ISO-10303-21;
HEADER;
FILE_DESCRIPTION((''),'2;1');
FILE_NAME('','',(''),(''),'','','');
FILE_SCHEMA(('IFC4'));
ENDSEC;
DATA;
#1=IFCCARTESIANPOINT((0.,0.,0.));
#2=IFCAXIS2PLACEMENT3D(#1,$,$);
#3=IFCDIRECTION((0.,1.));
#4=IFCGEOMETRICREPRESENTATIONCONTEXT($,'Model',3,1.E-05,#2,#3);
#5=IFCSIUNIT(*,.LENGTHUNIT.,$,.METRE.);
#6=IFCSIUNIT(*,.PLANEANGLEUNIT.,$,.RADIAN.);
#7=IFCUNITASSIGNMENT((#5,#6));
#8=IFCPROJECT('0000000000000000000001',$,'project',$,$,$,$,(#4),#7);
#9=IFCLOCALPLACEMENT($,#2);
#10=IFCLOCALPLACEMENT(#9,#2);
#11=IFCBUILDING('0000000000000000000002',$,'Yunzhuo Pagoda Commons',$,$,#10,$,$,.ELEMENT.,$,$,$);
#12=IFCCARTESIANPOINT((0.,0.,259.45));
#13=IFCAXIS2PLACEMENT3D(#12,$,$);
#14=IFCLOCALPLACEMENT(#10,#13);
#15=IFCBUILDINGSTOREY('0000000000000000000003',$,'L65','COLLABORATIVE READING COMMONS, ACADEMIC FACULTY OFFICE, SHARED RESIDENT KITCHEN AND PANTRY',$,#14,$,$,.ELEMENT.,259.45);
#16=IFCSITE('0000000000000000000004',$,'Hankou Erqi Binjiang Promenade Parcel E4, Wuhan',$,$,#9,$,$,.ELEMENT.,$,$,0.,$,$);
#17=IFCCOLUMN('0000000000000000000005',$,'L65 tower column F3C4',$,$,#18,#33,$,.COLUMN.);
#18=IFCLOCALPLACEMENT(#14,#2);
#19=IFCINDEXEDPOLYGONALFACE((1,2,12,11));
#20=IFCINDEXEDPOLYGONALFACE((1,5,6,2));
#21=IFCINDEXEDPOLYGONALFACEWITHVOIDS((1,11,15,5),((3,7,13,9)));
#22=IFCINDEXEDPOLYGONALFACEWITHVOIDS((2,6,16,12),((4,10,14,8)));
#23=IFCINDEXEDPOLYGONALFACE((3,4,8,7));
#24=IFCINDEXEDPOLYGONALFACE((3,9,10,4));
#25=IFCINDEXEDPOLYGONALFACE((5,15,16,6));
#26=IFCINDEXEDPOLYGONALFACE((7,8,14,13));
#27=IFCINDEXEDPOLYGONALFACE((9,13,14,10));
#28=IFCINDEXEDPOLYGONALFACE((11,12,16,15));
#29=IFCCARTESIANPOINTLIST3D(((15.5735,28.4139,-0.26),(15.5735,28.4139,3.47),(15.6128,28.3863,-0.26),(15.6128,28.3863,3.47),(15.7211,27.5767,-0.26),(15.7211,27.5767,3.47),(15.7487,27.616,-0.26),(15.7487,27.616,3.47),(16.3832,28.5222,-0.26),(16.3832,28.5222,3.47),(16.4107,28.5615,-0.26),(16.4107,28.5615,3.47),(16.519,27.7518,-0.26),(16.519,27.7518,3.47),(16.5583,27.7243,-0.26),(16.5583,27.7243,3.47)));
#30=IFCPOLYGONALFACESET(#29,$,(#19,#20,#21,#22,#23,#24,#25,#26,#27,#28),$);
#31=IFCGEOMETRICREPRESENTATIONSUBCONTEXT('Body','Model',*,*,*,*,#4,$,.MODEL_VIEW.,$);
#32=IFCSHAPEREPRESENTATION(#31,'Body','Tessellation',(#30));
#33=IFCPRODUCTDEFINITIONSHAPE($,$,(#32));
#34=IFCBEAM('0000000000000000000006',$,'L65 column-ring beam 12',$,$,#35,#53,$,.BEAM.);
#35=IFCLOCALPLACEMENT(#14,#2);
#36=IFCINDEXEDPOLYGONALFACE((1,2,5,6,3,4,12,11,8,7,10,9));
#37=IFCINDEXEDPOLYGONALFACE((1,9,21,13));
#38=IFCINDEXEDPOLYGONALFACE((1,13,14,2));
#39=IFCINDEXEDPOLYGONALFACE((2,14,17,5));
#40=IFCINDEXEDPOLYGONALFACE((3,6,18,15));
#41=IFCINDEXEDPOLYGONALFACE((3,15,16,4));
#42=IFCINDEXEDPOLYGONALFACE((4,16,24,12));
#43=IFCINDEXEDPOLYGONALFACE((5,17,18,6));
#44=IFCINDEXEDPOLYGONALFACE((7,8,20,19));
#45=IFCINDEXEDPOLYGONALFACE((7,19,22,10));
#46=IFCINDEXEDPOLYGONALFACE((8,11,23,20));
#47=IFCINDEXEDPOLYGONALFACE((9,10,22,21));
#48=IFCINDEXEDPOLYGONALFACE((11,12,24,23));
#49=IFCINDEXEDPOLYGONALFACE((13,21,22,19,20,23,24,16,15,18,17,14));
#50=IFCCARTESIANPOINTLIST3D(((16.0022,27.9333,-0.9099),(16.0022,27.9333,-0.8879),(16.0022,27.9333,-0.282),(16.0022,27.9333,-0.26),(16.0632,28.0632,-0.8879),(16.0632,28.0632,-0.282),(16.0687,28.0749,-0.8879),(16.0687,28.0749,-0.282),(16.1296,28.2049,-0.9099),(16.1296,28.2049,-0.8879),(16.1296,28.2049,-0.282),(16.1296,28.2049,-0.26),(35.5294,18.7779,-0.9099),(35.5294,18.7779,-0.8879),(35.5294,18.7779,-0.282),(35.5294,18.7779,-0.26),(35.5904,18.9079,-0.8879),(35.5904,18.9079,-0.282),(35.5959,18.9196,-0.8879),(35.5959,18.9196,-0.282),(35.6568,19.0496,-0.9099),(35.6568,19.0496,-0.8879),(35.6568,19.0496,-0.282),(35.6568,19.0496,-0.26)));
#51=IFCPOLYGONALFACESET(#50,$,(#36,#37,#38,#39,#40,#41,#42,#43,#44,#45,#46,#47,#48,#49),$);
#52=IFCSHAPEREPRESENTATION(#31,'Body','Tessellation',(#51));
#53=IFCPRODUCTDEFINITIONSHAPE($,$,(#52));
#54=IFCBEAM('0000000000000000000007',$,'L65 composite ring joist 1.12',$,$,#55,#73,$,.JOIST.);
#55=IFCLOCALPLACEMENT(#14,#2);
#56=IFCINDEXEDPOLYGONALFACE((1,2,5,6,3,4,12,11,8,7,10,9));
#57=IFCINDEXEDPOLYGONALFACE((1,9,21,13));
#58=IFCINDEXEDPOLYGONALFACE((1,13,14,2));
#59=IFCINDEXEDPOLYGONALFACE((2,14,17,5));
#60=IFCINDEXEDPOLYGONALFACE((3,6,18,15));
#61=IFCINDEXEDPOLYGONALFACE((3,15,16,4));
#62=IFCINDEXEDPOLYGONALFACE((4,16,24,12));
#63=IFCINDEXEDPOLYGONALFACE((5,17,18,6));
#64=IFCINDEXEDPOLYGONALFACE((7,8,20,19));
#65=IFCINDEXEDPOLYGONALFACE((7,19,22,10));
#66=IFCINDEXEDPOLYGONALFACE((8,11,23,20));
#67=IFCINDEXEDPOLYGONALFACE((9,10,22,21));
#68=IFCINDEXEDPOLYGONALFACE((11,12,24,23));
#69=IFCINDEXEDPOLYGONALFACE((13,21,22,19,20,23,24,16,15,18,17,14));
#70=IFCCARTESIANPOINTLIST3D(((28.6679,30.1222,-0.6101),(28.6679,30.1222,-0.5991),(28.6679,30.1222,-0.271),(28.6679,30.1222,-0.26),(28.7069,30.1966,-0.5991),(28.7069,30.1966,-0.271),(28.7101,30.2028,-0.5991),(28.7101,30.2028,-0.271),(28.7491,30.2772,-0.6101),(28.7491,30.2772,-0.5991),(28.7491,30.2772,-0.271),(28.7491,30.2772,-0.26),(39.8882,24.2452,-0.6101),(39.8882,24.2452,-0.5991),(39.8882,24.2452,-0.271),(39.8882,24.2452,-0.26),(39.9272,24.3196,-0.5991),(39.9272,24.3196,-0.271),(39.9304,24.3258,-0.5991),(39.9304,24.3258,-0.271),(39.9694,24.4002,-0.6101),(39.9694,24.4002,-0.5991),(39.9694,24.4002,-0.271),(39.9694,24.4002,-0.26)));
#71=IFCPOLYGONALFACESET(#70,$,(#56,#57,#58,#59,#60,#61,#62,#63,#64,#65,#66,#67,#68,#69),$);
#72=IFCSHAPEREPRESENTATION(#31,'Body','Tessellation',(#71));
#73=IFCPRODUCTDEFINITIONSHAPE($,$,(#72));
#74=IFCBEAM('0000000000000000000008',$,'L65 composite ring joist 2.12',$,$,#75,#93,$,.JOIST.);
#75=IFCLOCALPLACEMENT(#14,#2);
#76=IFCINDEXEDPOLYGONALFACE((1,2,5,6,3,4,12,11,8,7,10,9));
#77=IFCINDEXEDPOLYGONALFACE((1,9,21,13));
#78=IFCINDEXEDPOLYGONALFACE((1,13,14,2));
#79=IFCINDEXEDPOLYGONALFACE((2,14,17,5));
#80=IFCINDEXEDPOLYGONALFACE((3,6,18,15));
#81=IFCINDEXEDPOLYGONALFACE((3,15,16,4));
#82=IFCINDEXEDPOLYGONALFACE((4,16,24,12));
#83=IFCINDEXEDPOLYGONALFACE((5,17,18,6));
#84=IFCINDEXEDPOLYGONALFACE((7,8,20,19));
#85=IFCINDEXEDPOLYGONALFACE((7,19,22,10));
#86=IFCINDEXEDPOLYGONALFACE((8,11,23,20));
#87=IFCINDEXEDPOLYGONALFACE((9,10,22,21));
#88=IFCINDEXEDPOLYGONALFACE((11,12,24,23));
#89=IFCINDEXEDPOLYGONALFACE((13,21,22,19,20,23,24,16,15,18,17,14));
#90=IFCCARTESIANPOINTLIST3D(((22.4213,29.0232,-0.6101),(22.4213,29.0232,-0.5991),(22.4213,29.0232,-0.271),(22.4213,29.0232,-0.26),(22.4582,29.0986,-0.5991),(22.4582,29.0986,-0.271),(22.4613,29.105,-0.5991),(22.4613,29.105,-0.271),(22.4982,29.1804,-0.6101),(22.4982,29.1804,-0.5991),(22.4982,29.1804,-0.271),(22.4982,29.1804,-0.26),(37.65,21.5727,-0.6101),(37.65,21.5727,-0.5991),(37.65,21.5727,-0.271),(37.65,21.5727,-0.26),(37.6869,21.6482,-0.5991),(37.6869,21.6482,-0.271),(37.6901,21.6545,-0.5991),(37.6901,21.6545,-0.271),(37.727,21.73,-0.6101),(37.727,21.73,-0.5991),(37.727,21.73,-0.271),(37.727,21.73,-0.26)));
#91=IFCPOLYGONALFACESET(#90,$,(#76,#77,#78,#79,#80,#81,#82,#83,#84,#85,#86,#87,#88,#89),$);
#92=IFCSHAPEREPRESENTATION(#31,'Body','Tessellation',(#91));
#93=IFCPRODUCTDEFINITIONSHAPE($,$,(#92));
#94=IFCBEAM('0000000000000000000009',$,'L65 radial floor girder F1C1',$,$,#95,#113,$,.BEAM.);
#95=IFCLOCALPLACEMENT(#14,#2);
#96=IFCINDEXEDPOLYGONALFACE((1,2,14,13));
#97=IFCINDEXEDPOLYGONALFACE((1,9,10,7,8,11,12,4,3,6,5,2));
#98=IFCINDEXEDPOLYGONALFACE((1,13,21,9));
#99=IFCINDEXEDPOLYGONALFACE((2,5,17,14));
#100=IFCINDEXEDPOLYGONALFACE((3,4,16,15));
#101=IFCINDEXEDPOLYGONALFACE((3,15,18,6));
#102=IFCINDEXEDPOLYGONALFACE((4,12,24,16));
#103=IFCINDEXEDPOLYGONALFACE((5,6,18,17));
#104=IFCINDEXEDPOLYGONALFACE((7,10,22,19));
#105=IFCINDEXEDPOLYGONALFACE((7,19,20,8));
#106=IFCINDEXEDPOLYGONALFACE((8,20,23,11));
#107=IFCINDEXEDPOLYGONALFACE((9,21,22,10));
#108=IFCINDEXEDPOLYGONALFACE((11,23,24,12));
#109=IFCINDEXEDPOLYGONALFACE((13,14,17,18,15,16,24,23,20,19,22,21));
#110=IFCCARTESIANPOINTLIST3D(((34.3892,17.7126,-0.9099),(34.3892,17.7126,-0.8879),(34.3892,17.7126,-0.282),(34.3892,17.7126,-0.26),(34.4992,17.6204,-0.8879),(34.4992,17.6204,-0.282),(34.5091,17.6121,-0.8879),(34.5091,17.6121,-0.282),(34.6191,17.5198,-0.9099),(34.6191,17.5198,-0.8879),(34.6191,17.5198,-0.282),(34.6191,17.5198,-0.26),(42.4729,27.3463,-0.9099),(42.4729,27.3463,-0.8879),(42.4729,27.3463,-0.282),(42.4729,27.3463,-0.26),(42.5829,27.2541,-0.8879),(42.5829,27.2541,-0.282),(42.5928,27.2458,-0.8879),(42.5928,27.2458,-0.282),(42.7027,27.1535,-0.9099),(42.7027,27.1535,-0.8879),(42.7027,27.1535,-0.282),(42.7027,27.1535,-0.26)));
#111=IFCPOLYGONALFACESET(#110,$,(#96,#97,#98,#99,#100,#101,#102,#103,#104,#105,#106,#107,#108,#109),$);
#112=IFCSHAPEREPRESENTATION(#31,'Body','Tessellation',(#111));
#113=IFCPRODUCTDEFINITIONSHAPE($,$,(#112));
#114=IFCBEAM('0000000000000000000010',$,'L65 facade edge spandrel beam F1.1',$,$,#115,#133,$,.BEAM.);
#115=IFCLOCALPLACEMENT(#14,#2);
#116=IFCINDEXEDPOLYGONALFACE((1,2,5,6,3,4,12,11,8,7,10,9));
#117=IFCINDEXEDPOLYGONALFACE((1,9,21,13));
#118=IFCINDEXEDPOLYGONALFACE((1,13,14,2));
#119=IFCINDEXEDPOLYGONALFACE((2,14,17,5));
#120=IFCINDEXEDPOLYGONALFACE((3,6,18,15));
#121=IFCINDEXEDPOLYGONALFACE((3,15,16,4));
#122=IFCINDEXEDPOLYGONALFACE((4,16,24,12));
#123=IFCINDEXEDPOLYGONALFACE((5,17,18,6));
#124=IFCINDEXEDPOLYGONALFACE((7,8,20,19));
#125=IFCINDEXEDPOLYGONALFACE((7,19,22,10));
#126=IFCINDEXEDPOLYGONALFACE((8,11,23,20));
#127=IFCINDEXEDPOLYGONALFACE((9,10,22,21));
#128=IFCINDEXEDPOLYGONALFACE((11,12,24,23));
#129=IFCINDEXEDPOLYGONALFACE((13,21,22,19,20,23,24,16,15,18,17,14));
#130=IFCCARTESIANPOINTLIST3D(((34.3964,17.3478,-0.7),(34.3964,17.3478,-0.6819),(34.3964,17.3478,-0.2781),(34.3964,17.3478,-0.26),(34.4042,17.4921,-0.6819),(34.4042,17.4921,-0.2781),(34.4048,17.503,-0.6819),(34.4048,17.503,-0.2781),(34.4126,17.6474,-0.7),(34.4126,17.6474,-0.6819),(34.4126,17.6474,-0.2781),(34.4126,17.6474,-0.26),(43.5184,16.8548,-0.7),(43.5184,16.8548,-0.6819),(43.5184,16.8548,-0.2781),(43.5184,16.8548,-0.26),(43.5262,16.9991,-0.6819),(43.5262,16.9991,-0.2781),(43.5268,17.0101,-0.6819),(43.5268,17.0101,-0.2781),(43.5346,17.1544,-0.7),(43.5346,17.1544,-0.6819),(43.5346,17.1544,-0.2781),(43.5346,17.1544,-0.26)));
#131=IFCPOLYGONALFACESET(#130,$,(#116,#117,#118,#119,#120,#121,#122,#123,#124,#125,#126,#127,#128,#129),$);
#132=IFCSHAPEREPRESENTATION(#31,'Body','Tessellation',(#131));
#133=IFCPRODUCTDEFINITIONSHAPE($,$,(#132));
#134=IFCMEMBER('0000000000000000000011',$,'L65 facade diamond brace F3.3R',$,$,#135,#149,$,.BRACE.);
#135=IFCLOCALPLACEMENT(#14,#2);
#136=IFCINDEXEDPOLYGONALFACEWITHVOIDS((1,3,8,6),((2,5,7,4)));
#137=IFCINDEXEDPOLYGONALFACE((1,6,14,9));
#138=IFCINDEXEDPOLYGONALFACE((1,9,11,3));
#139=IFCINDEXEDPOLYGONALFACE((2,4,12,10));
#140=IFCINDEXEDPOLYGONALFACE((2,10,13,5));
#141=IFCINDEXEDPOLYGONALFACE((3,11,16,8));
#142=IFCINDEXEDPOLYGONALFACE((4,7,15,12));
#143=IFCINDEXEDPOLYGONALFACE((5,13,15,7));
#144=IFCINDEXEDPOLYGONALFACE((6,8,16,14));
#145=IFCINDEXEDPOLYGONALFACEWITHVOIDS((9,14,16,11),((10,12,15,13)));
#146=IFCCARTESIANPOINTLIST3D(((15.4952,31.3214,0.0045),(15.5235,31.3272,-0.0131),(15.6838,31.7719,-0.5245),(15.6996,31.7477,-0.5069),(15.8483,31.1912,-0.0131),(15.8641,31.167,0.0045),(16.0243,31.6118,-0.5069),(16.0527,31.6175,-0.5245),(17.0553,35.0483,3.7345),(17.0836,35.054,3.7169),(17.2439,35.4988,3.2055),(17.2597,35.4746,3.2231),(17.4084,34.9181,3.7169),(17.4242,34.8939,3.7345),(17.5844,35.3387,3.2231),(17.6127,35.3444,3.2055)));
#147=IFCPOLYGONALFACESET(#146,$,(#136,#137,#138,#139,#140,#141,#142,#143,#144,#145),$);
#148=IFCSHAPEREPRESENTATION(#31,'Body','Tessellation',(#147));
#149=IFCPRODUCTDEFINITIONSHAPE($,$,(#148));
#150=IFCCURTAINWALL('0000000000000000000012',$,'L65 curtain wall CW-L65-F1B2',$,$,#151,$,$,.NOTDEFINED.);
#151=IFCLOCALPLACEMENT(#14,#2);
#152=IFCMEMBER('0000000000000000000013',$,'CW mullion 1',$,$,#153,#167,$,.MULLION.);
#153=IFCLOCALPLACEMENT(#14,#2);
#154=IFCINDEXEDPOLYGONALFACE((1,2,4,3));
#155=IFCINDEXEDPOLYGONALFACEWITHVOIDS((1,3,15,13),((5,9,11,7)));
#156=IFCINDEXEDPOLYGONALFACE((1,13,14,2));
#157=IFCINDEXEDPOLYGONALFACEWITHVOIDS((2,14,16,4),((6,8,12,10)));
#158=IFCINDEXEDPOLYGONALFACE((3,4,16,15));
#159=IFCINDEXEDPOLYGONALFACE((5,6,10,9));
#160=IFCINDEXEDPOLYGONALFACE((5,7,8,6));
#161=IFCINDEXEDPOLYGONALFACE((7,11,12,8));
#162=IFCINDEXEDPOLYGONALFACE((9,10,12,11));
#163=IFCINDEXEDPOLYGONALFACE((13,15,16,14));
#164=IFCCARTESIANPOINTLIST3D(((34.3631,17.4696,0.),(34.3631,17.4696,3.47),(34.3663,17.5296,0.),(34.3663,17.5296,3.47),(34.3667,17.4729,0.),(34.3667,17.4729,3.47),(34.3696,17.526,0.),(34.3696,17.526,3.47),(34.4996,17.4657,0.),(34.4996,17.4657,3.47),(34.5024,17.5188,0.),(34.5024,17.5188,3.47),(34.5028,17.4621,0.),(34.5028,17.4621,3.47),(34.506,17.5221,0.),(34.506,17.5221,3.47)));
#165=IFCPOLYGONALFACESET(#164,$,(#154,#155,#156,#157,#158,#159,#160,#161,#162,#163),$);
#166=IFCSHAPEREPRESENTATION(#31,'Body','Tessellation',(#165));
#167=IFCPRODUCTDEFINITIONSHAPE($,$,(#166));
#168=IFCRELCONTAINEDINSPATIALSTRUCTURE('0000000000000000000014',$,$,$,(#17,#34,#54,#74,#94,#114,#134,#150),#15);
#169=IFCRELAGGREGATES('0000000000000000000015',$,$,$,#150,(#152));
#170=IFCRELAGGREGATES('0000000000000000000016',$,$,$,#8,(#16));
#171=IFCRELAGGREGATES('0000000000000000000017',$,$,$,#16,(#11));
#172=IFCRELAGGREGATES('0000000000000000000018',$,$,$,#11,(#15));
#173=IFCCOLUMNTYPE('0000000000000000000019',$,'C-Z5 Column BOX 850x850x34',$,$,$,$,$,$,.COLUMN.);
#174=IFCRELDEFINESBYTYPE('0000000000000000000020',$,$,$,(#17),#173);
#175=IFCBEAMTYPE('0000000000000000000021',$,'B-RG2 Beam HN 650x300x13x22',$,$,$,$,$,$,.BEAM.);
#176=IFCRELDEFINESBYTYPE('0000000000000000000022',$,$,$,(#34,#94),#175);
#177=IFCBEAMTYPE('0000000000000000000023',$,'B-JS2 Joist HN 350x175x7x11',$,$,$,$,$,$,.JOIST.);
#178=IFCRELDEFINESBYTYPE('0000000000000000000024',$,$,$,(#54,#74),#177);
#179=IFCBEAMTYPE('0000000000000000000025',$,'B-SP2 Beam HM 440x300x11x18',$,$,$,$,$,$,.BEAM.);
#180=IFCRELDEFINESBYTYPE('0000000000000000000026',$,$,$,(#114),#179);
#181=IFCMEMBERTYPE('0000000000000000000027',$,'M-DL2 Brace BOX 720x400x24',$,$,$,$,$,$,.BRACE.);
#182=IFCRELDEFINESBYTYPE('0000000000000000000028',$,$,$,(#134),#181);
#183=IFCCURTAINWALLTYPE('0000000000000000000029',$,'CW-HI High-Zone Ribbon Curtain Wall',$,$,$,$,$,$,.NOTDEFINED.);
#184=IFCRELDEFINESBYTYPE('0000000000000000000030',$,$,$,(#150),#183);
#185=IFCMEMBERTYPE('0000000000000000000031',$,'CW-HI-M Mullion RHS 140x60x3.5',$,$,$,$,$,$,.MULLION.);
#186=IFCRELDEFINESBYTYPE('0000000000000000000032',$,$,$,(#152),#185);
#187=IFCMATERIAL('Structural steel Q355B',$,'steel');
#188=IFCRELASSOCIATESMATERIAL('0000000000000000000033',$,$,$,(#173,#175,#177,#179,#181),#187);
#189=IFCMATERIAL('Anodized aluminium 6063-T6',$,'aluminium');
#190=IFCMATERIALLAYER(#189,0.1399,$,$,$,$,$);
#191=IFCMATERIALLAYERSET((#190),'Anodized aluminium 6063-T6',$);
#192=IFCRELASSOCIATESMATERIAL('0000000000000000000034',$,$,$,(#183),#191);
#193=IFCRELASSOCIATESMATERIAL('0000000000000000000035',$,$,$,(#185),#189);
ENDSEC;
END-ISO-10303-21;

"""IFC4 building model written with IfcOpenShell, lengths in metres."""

from ifc_helpers import new_model, si_unit, direction, frame, origin, origin_2d, place, context, subcontext, project, spatial, hollow_rectangle, i_section, extrude, source, transform, mapped, material, layer, layer_set, material_profile, profile_set, type_object, element, aggregate, save


model = new_model("IFC4")

# Units and contexts
model_context = context("Model", 3, precision=1e-05, world=origin(), true_north=direction((0.0, 1.0)))
body_context = subcontext(model_context, "Body", "Model", "MODEL_VIEW")
ifc_project = project(units=[si_unit("LENGTHUNIT", "METRE"), si_unit("PLANEANGLEUNIT", "RADIAN")], contexts=[model_context])

# Site, building, storey
site_placement = place(None, origin())
site = spatial("IfcSite", under=ifc_project, at=site_placement, Name="Hankou Erqi Binjiang Promenade Parcel E4, Wuhan", CompositionType="ELEMENT", RefElevation=0.0)
building_placement = place(site_placement, origin())
building = spatial("IfcBuilding", under=site, at=building_placement, Name="Yunzhuo Pagoda Commons", CompositionType="ELEMENT")
storey_placement = place(building_placement, frame((0.0, 0.0, 259.45)))
storey = spatial("IfcBuildingStorey", under=building, at=storey_placement, Name="L65", Description="COLLABORATIVE READING COMMONS, ACADEMIC FACULTY OFFICE, SHARED RESIDENT KITCHEN AND PANTRY", CompositionType="ELEMENT", Elevation=259.45)

# Column
ifc_material_1 = material(Name="Structural steel Q355B", Category="steel")
ifc_material_profile_1 = material_profile(ifc_material_1, hollow_rectangle(XDim=0.8501, YDim=0.8501, WallThickness=0.0339, at=origin_2d()), Name="Structural steel Q355B")
ifc_profile_set_1 = profile_set([ifc_material_profile_1], Name="Structural steel Q355B")
column_type = type_object("IfcColumnType", Name="C-Z5 Column BOX 850x850x34", PredefinedType="COLUMN", material=ifc_profile_set_1)
shared_shape_1 = source(origin(), body_context, "Body", "SweptSolid", [
    extrude(hollow_rectangle(XDim=0.8501, YDim=0.8501, WallThickness=0.0339, at=origin_2d()), origin(), (0.0, 0.0, 1.0), 3.73),
])
column_placement = place(storey_placement, frame((16.0659, 28.0691, -0.26), z_axis=(0.0, 0.0, 1.0), x_axis=(0.173648, -0.984808, 0.0)))
element("IfcColumn", 1, at=column_placement, inside=storey, type_object=column_type, Name="L65 tower column F3C4", PredefinedType="COLUMN", context=body_context, shape_type="MappedRepresentation", body=[
    mapped(shared_shape_1, transform((0.0, 0.0, 0.0), scale=1.0)),
])

# Beams
ifc_material_profile_2 = material_profile(ifc_material_1, i_section(OverallWidth=0.3, OverallDepth=0.6499, WebThickness=0.0129, FlangeThickness=0.022, at=origin_2d()), Name="Structural steel Q355B")
ifc_profile_set_2 = profile_set([ifc_material_profile_2], Name="Structural steel Q355B")
beam_type_1 = type_object("IfcBeamType", Name="B-RG2 Beam HN 650x300x13x22", PredefinedType="BEAM", material=ifc_profile_set_2)
shared_shape_2 = source(origin(), body_context, "Body", "SweptSolid", [
    extrude(i_section(OverallWidth=0.3, OverallDepth=0.6499, WebThickness=0.0129, FlangeThickness=0.022, at=origin_2d()), origin(), (0.0, 0.0, 1.0), 21.5669),
])
beam_1_placement = place(storey_placement, frame((16.0659, 28.0691, -0.585), z_axis=(0.905424, -0.424508, 0.0), x_axis=(0.424508, 0.905424, 0.0)))
element("IfcBeam", 2, at=beam_1_placement, inside=storey, type_object=beam_type_1, Name="L65 column-ring beam 12", PredefinedType="BEAM", context=body_context, shape_type="MappedRepresentation", body=[
    mapped(shared_shape_2, transform((0.0, 0.0, 0.0), scale=1.0)),
])
ifc_material_profile_3 = material_profile(ifc_material_1, i_section(OverallWidth=0.175, OverallDepth=0.3501, WebThickness=0.0071, FlangeThickness=0.011, at=origin_2d()), Name="Structural steel Q355B")
ifc_profile_set_3 = profile_set([ifc_material_profile_3], Name="Structural steel Q355B")
beam_type_2 = type_object("IfcBeamType", Name="B-JS2 Joist HN 350x175x7x11", PredefinedType="JOIST", material=ifc_profile_set_3)
shared_shape_3 = source(origin(), body_context, "Body", "SweptSolid", [
    extrude(i_section(OverallWidth=0.175, OverallDepth=0.3501, WebThickness=0.0071, FlangeThickness=0.011, at=origin_2d()), origin(), (0.0, 0.0, 1.0), 12.6663),
])
beam_2_placement = place(storey_placement, frame((28.7085, 30.1997, -0.4351), z_axis=(0.885841, -0.463988, 0.0), x_axis=(0.463988, 0.885841, 0.0)))
element("IfcBeam", 3, at=beam_2_placement, inside=storey, type_object=beam_type_2, Name="L65 composite ring joist 1.12", PredefinedType="JOIST", context=body_context, shape_type="MappedRepresentation", body=[
    mapped(shared_shape_3, transform((0.0, 0.0, 0.0), scale=1.0)),
])
shared_shape_4 = source(origin(), body_context, "Body", "SweptSolid", [
    extrude(i_section(OverallWidth=0.175, OverallDepth=0.3501, WebThickness=0.0071, FlangeThickness=0.011, at=origin_2d()), origin(), (0.0, 0.0, 1.0), 16.9536),
])
beam_3_placement = place(storey_placement, frame((22.4597, 29.1018, -0.4351), z_axis=(0.898262, -0.439461, 0.0), x_axis=(0.439461, 0.898262, 0.0)))
element("IfcBeam", 4, at=beam_3_placement, inside=storey, type_object=beam_type_2, Name="L65 composite ring joist 2.12", PredefinedType="JOIST", context=body_context, shape_type="MappedRepresentation", body=[
    mapped(shared_shape_4, transform((0.0, 0.0, 0.0), scale=1.0)),
])
shared_shape_5 = source(origin(), body_context, "Body", "SweptSolid", [
    extrude(i_section(OverallWidth=0.3, OverallDepth=0.6499, WebThickness=0.0129, FlangeThickness=0.022, at=origin_2d()), origin(), (0.0, 0.0, 1.0), 12.5759),
])
beam_4_placement = place(storey_placement, frame((34.5042, 17.6162, -0.585), z_axis=(0.642789, 0.766043, 0.0), x_axis=(-0.766043, 0.642789, 0.0)))
element("IfcBeam", 5, at=beam_4_placement, inside=storey, type_object=beam_type_1, Name="L65 radial floor girder F1C1", PredefinedType="BEAM", context=body_context, shape_type="MappedRepresentation", body=[
    mapped(shared_shape_5, transform((0.0, 0.0, 0.0), scale=1.0)),
])
ifc_material_profile_4 = material_profile(ifc_material_1, i_section(OverallWidth=0.3, OverallDepth=0.4399, WebThickness=0.011, FlangeThickness=0.0181, at=origin_2d()), Name="Structural steel Q355B")
ifc_profile_set_4 = profile_set([ifc_material_profile_4], Name="Structural steel Q355B")
beam_type_3 = type_object("IfcBeamType", Name="B-SP2 Beam HM 440x300x11x18", PredefinedType="BEAM", material=ifc_profile_set_4)
shared_shape_6 = source(origin(), body_context, "Body", "SweptSolid", [
    extrude(i_section(OverallWidth=0.3, OverallDepth=0.4399, WebThickness=0.011, FlangeThickness=0.0181, at=origin_2d()), origin(), (0.0, 0.0, 1.0), 9.1353),
])
beam_5_placement = place(storey_placement, frame((34.4045, 17.4976, -0.48), z_axis=(0.998543, -0.053959, 0.0), x_axis=(0.053959, 0.998543, 0.0)))
element("IfcBeam", 6, at=beam_5_placement, inside=storey, type_object=beam_type_3, Name="L65 facade edge spandrel beam F1.1", PredefinedType="BEAM", context=body_context, shape_type="MappedRepresentation", body=[
    mapped(shared_shape_6, transform((0.0, 0.0, 0.0), scale=1.0)),
])

# Member
ifc_material_profile_5 = material_profile(ifc_material_1, hollow_rectangle(XDim=0.3999, YDim=0.72, WallThickness=0.0239, at=origin_2d()), Name="Structural steel Q355B")
ifc_profile_set_5 = profile_set([ifc_material_profile_5], Name="Structural steel Q355B")
member_type_1 = type_object("IfcMemberType", Name="M-DL2 Brace BOX 720x400x24", PredefinedType="BRACE", material=ifc_profile_set_5)
shared_shape_7 = source(origin(), body_context, "Body", "SweptSolid", [
    extrude(hollow_rectangle(XDim=0.3999, YDim=0.72, WallThickness=0.0239, at=origin_2d()), origin(), (0.0, 0.0, 1.0), 5.4988),
])
member_1_placement = place(storey_placement, frame((15.7739, 31.4695, -0.26), z_axis=(0.283714, 0.677762, 0.678339), x_axis=(-0.922441, 0.386138, 0.0)))
element("IfcMember", 7, at=member_1_placement, inside=storey, type_object=member_type_1, Name="L65 facade diamond brace F3.3R", PredefinedType="BRACE", context=body_context, shape_type="MappedRepresentation", body=[
    mapped(shared_shape_7, transform((0.0, 0.0, 0.0), scale=1.0)),
])

# Curtain wall, member
ifc_material_2 = material(Name="Anodized aluminium 6063-T6", Category="aluminium")
ifc_layer_1 = layer(ifc_material_2, 0.1399)
ifc_layer_set_1 = layer_set([ifc_layer_1], Name="Anodized aluminium 6063-T6")
curtain_wall_type = type_object("IfcCurtainWallType", Name="CW-HI High-Zone Ribbon Curtain Wall", PredefinedType="NOTDEFINED", material=ifc_layer_set_1)
curtain_wall_1_placement = place(storey_placement, origin())
curtain_wall_1 = element("IfcCurtainWall", 8, at=curtain_wall_1_placement, inside=storey, type_object=curtain_wall_type, Name="L65 curtain wall CW-L65-F1B2", PredefinedType="NOTDEFINED")
ifc_material_profile_6 = material_profile(ifc_material_2, hollow_rectangle(XDim=0.0601, YDim=0.1399, WallThickness=0.0034, at=origin_2d()), Name="Anodized aluminium 6063-T6")
ifc_profile_set_6 = profile_set([ifc_material_profile_6], Name="Anodized aluminium 6063-T6")
member_type_2 = type_object("IfcMemberType", Name="CW-HI-M Mullion RHS 140x60x3.5", PredefinedType="MULLION", material=ifc_profile_set_6)
shared_shape_8 = source(origin(), body_context, "Body", "SweptSolid", [
    extrude(hollow_rectangle(XDim=0.0601, YDim=0.1399, WallThickness=0.0034, at=origin_2d()), origin(), (0.0, 0.0, 1.0), 3.47),
])
member_2_placement = place(storey_placement, frame((34.4346, 17.4958, 0.0), z_axis=(0.0, 0.0, 1.0), x_axis=(0.053989, 0.998542, 0.0)))
member_2 = element("IfcMember", 9, at=member_2_placement, type_object=member_type_2, Name="CW mullion 1", PredefinedType="MULLION", context=body_context, shape_type="MappedRepresentation", body=[
    mapped(shared_shape_8, transform((0.0, 0.0, 0.0), scale=1.0)),
])

aggregate(curtain_wall_1, [member_2])

save(model, "model.ifc")
